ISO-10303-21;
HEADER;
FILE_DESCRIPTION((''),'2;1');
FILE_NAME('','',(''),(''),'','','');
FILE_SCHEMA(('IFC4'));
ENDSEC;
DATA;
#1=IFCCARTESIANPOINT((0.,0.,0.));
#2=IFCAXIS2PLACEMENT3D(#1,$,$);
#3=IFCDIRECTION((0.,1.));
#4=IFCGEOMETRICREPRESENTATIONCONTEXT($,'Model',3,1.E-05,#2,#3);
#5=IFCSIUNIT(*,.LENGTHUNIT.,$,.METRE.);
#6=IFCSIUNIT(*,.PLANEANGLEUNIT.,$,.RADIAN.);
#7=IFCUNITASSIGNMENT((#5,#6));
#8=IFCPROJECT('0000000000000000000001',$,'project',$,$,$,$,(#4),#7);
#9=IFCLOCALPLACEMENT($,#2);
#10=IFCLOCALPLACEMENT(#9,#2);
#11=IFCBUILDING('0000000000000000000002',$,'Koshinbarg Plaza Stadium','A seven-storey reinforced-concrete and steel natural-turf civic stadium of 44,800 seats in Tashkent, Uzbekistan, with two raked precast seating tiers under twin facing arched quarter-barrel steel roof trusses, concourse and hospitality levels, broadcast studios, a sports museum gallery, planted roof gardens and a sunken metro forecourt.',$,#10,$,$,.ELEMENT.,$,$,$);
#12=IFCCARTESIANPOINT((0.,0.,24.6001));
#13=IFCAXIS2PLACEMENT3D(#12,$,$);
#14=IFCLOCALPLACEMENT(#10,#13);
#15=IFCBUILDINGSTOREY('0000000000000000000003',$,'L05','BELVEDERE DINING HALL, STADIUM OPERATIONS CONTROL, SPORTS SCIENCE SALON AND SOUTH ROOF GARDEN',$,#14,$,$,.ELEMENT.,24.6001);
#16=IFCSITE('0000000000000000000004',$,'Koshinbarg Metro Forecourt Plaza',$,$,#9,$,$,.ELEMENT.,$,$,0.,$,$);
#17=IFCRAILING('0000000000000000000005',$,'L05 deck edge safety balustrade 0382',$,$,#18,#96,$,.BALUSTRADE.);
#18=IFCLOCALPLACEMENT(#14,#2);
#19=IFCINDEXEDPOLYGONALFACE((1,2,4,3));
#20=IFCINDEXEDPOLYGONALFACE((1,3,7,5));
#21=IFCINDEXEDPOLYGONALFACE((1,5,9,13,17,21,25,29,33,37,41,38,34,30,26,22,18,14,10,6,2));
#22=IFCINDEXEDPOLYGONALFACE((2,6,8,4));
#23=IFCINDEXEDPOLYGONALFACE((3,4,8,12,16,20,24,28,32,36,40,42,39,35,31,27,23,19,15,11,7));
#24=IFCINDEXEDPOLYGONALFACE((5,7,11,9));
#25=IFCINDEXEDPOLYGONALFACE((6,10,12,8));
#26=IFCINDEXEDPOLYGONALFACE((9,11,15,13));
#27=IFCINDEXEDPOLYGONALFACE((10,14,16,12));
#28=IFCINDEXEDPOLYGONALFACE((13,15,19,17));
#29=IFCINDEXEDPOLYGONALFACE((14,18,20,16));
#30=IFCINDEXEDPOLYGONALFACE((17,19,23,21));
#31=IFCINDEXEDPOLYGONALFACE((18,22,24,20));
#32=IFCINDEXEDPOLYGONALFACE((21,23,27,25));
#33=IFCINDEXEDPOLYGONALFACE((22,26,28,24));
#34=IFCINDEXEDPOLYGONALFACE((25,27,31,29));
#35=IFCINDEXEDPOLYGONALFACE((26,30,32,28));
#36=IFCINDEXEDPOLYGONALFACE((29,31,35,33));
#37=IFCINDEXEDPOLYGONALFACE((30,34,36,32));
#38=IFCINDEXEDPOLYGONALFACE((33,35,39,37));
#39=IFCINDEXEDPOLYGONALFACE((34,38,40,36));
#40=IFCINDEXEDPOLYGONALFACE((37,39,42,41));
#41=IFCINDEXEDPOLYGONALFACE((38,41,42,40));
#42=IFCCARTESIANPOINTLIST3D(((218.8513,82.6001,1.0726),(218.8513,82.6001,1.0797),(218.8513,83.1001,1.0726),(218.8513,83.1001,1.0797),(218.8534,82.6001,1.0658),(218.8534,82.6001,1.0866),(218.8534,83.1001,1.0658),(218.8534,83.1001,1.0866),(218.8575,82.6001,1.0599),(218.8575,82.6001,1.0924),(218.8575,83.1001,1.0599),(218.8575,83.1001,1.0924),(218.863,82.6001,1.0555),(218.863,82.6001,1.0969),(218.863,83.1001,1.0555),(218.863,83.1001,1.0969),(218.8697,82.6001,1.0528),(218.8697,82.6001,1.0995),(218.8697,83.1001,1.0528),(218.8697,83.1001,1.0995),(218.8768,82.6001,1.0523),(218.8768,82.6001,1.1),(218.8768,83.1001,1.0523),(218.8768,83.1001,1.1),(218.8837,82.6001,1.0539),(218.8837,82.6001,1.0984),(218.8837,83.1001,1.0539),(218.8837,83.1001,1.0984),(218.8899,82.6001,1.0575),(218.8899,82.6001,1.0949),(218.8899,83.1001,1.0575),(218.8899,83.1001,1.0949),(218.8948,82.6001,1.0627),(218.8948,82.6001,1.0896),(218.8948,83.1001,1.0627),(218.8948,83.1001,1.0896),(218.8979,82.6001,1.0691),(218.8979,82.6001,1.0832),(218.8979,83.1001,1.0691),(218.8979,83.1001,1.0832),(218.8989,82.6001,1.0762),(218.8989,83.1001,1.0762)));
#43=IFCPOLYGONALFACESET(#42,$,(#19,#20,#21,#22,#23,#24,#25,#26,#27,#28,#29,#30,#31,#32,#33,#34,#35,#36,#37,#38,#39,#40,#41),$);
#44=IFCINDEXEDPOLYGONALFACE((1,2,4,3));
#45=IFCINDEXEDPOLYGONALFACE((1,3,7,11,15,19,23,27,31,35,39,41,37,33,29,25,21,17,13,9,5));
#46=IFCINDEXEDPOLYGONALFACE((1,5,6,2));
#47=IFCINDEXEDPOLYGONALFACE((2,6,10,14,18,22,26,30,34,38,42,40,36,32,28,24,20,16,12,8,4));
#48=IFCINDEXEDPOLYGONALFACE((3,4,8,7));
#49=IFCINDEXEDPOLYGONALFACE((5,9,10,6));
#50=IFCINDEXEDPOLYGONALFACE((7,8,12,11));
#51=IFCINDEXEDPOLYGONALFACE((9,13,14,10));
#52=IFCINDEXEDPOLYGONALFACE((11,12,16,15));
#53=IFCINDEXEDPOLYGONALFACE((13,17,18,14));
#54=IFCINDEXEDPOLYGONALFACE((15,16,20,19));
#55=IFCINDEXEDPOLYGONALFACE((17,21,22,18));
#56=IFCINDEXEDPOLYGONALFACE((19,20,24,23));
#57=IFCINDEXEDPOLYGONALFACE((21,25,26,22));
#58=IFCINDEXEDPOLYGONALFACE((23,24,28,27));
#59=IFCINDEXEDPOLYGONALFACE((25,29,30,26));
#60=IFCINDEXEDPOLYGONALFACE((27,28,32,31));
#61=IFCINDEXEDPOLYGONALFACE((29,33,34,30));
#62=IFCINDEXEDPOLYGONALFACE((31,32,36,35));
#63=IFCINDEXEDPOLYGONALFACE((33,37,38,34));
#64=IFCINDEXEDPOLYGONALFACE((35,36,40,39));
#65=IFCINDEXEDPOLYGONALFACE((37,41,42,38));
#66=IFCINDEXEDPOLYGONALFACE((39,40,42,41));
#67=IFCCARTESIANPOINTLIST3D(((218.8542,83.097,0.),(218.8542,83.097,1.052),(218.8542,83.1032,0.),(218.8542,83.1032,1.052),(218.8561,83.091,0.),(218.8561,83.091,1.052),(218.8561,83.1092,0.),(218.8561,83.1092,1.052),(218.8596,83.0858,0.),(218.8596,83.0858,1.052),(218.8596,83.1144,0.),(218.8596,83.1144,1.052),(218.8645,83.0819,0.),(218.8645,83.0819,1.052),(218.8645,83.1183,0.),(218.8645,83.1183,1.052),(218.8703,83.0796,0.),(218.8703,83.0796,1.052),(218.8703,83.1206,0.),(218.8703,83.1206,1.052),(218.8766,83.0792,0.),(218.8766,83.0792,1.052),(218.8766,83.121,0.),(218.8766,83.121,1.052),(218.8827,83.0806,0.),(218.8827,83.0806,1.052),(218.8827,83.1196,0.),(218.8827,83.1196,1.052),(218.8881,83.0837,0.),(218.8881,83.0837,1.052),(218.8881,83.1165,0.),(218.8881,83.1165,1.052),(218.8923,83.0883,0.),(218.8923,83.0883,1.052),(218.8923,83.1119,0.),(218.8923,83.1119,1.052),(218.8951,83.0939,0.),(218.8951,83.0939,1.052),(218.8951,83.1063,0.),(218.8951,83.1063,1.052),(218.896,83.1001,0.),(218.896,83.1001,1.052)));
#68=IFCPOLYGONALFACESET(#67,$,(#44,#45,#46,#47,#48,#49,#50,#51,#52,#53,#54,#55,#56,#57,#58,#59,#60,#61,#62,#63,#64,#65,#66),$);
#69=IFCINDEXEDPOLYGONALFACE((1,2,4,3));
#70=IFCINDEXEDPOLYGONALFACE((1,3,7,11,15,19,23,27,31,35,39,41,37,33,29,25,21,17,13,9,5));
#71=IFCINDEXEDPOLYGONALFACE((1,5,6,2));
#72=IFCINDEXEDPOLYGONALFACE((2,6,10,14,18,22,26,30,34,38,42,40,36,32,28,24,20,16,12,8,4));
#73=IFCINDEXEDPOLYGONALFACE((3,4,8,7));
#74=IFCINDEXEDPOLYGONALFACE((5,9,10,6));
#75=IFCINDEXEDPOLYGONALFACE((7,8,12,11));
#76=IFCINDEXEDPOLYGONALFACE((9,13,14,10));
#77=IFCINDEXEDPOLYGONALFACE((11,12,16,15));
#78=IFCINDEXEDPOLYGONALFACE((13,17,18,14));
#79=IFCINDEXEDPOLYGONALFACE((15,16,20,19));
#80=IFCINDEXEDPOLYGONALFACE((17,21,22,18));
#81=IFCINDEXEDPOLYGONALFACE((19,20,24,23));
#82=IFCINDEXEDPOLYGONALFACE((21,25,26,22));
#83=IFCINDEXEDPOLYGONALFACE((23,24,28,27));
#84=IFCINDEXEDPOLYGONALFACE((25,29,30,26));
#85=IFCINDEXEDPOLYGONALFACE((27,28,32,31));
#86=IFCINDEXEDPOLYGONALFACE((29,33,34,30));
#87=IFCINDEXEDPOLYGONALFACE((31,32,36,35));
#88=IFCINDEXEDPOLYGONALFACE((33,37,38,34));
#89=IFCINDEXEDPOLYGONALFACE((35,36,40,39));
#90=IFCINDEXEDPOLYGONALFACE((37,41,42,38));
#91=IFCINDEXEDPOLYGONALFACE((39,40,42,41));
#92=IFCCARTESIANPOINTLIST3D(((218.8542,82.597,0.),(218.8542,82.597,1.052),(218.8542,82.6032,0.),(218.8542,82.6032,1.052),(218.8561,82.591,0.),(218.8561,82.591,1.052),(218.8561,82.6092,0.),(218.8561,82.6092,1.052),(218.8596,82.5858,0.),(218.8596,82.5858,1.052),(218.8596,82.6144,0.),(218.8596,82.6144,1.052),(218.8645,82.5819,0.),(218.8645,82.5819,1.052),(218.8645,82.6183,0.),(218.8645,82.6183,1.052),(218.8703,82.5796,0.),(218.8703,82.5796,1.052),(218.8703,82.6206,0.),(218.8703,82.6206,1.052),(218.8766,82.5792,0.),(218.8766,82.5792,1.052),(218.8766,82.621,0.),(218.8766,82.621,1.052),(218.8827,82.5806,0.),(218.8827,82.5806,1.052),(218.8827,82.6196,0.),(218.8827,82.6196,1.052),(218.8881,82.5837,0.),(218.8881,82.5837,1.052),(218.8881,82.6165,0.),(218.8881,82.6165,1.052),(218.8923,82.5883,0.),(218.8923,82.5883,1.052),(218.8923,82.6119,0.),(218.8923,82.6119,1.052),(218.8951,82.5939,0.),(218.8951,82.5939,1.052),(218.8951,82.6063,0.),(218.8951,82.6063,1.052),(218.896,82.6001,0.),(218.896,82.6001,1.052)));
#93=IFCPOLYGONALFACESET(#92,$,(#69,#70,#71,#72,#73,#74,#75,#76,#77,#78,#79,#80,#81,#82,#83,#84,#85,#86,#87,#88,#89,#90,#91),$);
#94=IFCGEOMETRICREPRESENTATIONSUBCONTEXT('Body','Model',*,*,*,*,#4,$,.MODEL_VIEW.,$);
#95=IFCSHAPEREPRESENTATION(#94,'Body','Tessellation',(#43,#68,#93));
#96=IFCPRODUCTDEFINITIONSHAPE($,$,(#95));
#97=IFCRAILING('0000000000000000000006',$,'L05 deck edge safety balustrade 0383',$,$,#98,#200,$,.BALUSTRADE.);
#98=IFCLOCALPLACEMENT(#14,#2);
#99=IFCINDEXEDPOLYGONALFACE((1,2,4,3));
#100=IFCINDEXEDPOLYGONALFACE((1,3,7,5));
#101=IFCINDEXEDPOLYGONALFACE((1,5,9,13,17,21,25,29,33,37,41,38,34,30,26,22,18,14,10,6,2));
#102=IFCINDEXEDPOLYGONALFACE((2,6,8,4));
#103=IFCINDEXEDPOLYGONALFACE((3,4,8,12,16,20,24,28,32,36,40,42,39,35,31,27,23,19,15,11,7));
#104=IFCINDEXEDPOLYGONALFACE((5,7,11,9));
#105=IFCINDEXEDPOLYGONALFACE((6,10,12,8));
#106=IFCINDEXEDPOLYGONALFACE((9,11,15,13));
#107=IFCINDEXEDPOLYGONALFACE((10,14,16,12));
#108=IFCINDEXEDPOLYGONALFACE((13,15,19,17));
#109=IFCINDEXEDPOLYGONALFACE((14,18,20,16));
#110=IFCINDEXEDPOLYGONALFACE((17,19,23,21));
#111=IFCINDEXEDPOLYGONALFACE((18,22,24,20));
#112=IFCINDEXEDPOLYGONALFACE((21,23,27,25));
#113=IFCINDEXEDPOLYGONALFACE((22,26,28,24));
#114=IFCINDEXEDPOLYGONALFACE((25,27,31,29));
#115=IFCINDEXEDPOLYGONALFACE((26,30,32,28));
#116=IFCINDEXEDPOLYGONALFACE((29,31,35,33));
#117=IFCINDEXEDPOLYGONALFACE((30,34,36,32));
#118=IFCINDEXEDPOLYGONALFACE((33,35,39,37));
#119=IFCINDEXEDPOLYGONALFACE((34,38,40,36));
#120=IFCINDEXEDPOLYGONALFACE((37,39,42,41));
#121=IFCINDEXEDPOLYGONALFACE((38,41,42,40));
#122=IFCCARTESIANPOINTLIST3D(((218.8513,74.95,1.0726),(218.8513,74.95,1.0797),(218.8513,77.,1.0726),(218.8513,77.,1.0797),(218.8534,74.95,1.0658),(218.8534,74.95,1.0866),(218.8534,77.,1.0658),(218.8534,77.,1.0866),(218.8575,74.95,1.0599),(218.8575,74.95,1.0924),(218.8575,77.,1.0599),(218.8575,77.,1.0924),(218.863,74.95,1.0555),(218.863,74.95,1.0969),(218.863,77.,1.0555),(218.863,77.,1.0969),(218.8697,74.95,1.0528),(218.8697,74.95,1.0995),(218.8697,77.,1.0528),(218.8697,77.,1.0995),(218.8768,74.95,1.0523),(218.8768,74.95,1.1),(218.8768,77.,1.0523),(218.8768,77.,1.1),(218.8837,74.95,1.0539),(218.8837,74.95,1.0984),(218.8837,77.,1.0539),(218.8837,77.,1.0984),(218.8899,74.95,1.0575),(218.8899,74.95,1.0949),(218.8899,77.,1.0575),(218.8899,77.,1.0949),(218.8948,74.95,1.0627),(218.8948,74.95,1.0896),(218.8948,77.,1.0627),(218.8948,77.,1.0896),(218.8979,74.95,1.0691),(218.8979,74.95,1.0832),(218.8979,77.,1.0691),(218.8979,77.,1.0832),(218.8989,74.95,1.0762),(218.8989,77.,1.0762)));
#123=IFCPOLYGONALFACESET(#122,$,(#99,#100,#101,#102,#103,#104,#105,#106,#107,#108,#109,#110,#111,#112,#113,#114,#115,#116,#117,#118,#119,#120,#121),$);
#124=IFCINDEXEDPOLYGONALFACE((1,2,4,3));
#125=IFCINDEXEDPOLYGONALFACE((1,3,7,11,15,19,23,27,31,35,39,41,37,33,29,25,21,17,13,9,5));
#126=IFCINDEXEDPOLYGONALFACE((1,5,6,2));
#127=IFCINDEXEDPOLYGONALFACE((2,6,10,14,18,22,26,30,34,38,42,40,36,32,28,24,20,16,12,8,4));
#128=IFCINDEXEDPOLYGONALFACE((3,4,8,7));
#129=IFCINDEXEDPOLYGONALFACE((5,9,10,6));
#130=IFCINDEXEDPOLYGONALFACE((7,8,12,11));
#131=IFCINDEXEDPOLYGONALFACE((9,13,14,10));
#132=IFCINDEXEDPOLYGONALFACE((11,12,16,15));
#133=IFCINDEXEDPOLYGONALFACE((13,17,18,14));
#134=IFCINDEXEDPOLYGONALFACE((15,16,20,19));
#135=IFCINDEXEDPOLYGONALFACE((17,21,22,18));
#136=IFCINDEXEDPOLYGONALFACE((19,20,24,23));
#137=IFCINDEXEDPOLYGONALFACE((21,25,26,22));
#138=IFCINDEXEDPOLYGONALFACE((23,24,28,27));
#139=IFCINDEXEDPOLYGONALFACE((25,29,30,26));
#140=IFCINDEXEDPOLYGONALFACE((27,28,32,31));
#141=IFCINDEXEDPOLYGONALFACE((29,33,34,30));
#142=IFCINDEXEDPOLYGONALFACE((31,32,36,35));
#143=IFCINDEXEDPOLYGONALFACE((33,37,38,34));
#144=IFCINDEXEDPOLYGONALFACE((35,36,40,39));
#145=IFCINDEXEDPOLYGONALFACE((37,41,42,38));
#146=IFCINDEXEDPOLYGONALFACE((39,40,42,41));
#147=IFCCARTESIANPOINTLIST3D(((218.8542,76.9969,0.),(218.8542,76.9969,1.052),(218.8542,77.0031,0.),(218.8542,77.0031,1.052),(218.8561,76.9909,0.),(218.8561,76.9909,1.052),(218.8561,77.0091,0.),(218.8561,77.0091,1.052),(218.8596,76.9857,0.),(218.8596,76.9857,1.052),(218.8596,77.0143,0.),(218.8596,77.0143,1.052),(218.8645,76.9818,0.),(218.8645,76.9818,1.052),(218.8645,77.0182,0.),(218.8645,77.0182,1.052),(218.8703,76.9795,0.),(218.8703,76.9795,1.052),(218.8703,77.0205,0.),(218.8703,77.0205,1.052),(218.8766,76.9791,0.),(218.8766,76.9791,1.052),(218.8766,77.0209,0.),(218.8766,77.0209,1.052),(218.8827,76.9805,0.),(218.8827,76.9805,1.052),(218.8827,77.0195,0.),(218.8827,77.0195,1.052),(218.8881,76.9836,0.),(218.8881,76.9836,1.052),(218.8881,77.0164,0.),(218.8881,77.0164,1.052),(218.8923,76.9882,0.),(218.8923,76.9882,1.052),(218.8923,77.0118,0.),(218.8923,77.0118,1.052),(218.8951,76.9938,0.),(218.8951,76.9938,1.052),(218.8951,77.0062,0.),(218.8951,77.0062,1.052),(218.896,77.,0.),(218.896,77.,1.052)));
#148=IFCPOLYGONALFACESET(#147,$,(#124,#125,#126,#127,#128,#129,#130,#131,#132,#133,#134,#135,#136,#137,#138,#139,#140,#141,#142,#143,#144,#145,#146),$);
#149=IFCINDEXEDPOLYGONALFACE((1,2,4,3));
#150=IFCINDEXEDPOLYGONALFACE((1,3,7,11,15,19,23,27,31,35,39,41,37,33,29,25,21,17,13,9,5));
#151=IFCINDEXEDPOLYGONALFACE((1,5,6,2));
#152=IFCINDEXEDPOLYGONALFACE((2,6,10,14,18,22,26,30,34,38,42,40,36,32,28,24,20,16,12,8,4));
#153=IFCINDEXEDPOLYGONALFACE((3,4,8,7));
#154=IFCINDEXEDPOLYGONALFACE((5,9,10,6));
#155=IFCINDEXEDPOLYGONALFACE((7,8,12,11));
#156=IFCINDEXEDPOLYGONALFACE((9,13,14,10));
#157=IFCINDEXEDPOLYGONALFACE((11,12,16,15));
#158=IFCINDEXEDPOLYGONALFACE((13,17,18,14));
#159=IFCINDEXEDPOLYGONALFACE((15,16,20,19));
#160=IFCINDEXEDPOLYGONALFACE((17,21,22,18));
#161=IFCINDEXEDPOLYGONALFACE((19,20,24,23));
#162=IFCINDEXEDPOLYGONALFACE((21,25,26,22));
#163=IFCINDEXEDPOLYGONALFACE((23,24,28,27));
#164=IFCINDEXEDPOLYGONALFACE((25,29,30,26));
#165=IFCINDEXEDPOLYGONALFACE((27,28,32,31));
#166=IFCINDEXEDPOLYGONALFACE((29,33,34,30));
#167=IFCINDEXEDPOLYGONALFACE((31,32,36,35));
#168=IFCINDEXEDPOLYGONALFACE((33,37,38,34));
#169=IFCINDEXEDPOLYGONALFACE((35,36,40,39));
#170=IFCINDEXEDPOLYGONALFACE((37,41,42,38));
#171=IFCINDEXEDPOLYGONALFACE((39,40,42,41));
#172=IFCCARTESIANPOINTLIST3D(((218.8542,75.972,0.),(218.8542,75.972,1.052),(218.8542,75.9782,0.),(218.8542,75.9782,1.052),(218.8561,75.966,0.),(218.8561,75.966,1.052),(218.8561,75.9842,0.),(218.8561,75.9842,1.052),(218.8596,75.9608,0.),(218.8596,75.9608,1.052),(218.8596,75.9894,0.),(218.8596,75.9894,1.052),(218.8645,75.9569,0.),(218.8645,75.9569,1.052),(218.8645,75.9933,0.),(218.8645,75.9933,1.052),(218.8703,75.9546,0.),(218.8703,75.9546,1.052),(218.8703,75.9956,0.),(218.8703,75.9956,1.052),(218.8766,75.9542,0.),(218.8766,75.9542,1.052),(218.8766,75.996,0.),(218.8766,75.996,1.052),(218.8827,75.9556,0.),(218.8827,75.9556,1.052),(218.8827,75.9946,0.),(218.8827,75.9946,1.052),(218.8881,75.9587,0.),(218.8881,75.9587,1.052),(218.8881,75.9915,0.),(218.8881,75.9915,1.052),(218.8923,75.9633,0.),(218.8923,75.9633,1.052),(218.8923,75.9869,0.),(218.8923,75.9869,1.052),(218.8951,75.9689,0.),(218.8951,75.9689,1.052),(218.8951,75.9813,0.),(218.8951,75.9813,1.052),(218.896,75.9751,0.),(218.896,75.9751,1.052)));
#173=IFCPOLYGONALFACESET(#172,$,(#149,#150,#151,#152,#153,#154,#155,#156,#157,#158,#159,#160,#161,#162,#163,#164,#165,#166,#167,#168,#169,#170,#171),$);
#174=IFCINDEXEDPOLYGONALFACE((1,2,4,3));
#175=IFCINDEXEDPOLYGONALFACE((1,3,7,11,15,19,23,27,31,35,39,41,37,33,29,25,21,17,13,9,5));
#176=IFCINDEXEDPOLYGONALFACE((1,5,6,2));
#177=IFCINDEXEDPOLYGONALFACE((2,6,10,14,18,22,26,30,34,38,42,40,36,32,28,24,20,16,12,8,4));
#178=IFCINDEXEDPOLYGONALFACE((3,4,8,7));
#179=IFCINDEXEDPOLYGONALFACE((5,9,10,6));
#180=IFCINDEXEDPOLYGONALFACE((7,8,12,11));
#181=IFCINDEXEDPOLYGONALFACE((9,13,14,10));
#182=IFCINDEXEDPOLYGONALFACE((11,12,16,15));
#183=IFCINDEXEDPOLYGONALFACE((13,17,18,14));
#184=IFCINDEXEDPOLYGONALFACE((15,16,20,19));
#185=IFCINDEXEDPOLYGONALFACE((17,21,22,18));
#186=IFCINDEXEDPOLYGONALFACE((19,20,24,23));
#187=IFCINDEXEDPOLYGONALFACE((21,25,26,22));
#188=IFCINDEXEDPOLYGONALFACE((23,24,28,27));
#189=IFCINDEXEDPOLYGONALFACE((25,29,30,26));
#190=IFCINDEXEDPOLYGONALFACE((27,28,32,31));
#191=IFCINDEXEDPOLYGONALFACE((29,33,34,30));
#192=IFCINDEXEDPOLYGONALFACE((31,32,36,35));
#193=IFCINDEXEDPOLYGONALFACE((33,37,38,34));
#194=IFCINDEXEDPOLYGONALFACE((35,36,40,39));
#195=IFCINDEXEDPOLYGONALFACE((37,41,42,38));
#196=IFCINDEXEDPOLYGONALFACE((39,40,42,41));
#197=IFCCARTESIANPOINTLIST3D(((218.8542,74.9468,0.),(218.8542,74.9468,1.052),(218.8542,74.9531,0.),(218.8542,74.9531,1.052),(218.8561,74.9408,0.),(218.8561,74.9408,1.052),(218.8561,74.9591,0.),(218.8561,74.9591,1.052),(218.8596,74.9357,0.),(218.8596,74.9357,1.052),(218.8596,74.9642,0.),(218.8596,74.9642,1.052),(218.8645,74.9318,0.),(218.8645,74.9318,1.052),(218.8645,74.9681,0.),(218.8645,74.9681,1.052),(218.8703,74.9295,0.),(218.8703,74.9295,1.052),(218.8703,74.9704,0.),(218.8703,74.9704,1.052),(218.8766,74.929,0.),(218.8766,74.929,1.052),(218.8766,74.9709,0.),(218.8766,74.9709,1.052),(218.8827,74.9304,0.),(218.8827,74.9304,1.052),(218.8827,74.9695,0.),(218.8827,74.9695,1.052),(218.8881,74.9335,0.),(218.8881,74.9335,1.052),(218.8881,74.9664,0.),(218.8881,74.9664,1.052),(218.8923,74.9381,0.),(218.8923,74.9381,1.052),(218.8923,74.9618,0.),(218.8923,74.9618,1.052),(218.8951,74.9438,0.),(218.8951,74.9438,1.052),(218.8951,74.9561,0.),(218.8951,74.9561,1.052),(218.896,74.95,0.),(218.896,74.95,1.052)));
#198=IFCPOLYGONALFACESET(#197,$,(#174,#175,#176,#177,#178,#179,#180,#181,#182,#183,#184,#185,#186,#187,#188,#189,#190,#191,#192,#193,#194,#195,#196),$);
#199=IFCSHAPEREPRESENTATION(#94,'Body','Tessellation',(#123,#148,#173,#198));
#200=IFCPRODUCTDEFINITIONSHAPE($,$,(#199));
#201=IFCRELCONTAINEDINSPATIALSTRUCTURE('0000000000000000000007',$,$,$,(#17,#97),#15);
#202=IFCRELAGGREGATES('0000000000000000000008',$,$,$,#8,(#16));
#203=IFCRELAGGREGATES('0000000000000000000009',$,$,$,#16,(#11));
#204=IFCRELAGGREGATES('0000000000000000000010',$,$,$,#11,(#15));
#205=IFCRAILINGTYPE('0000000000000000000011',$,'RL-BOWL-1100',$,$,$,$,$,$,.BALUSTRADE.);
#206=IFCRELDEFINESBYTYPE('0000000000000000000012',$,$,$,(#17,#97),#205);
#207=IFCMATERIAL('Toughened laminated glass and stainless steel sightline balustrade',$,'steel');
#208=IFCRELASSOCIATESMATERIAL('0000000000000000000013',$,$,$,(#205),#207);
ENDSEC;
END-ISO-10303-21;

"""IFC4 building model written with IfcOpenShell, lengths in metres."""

from ifc_helpers import new_model, si_unit, direction, frame, origin, origin_2d, place, context, subcontext, project, spatial, circle, extrude, material, type_object, element, save


model = new_model("IFC4")

# Units and contexts
model_context = context("Model", 3, precision=1e-05, world=origin(), true_north=direction((0.0, 1.0)))
body_context = subcontext(model_context, "Body", "Model", "MODEL_VIEW")
ifc_project = project(units=[si_unit("LENGTHUNIT", "METRE"), si_unit("PLANEANGLEUNIT", "RADIAN")], contexts=[model_context])

# Site, building, storey
site_placement = place(None, origin())
site = spatial("IfcSite", under=ifc_project, at=site_placement, Name="Koshinbarg Metro Forecourt Plaza", CompositionType="ELEMENT", RefElevation=0.0)
building_placement = place(site_placement, origin())
building = spatial("IfcBuilding", under=site, at=building_placement, Name="Koshinbarg Plaza Stadium", Description="A seven-storey reinforced-concrete and steel natural-turf civic stadium of 44,800 seats in Tashkent, Uzbekistan, with two raked precast seating tiers under twin facing arched quarter-barrel steel roof trusses, concourse and hospitality levels, broadcast studios, a sports museum gallery, planted roof gardens and a sunken metro forecourt.", CompositionType="ELEMENT")
storey_placement = place(building_placement, frame((0.0, 0.0, 24.6001)))
storey = spatial("IfcBuildingStorey", under=building, at=storey_placement, Name="L05", Description="BELVEDERE DINING HALL, STADIUM OPERATIONS CONTROL, SPORTS SCIENCE SALON AND SOUTH ROOF GARDEN", CompositionType="ELEMENT", Elevation=24.6001)

# Railings
ifc_material_1 = material(Name="Toughened laminated glass and stainless steel sightline balustrade", Category="steel")
railing_type = type_object("IfcRailingType", Name="RL-BOWL-1100", PredefinedType="BALUSTRADE", material=ifc_material_1)
railing_1_placement = place(storey_placement, frame((218.875, 83.1001, 0.0)))
element("IfcRailing", 1, at=railing_1_placement, inside=storey, type_object=railing_type, Name="L05 deck edge safety balustrade 0382", PredefinedType="BALUSTRADE", context=body_context, shape_type="SweptSolid", body=[
    extrude(circle(Radius=0.0239, at=origin_2d()), frame((0.0, 0.0, 1.0762), z_axis=(0.0, -1.0, 0.0), x_axis=(1.0, 0.0, 0.0)), (0.0, 0.0, 1.0), 0.5),
    extrude(circle(Radius=0.021, at=origin_2d()), origin(), (0.0, 0.0, 1.0), 1.052),
    extrude(circle(Radius=0.021, at=origin_2d()), frame((0.0, -0.5, 0.0)), (0.0, 0.0, 1.0), 1.052),
])
railing_2_placement = place(storey_placement, frame((218.875, 77.0, 0.0)))
element("IfcRailing", 2, at=railing_2_placement, inside=storey, type_object=railing_type, Name="L05 deck edge safety balustrade 0383", PredefinedType="BALUSTRADE", context=body_context, shape_type="SweptSolid", body=[
    extrude(circle(Radius=0.0239, at=origin_2d()), frame((0.0, 0.0, 1.0762), z_axis=(0.0, -1.0, 0.0), x_axis=(1.0, 0.0, 0.0)), (0.0, 0.0, 1.0), 2.05),
    extrude(circle(Radius=0.021, at=origin_2d()), origin(), (0.0, 0.0, 1.0), 1.052),
    extrude(circle(Radius=0.021, at=origin_2d()), frame((0.0, -1.0249, 0.0)), (0.0, 0.0, 1.0), 1.052),
    extrude(circle(Radius=0.021, at=origin_2d()), frame((0.0, -2.05, 0.0)), (0.0, 0.0, 1.0), 1.052),
])

save(model, "model.ifc")
